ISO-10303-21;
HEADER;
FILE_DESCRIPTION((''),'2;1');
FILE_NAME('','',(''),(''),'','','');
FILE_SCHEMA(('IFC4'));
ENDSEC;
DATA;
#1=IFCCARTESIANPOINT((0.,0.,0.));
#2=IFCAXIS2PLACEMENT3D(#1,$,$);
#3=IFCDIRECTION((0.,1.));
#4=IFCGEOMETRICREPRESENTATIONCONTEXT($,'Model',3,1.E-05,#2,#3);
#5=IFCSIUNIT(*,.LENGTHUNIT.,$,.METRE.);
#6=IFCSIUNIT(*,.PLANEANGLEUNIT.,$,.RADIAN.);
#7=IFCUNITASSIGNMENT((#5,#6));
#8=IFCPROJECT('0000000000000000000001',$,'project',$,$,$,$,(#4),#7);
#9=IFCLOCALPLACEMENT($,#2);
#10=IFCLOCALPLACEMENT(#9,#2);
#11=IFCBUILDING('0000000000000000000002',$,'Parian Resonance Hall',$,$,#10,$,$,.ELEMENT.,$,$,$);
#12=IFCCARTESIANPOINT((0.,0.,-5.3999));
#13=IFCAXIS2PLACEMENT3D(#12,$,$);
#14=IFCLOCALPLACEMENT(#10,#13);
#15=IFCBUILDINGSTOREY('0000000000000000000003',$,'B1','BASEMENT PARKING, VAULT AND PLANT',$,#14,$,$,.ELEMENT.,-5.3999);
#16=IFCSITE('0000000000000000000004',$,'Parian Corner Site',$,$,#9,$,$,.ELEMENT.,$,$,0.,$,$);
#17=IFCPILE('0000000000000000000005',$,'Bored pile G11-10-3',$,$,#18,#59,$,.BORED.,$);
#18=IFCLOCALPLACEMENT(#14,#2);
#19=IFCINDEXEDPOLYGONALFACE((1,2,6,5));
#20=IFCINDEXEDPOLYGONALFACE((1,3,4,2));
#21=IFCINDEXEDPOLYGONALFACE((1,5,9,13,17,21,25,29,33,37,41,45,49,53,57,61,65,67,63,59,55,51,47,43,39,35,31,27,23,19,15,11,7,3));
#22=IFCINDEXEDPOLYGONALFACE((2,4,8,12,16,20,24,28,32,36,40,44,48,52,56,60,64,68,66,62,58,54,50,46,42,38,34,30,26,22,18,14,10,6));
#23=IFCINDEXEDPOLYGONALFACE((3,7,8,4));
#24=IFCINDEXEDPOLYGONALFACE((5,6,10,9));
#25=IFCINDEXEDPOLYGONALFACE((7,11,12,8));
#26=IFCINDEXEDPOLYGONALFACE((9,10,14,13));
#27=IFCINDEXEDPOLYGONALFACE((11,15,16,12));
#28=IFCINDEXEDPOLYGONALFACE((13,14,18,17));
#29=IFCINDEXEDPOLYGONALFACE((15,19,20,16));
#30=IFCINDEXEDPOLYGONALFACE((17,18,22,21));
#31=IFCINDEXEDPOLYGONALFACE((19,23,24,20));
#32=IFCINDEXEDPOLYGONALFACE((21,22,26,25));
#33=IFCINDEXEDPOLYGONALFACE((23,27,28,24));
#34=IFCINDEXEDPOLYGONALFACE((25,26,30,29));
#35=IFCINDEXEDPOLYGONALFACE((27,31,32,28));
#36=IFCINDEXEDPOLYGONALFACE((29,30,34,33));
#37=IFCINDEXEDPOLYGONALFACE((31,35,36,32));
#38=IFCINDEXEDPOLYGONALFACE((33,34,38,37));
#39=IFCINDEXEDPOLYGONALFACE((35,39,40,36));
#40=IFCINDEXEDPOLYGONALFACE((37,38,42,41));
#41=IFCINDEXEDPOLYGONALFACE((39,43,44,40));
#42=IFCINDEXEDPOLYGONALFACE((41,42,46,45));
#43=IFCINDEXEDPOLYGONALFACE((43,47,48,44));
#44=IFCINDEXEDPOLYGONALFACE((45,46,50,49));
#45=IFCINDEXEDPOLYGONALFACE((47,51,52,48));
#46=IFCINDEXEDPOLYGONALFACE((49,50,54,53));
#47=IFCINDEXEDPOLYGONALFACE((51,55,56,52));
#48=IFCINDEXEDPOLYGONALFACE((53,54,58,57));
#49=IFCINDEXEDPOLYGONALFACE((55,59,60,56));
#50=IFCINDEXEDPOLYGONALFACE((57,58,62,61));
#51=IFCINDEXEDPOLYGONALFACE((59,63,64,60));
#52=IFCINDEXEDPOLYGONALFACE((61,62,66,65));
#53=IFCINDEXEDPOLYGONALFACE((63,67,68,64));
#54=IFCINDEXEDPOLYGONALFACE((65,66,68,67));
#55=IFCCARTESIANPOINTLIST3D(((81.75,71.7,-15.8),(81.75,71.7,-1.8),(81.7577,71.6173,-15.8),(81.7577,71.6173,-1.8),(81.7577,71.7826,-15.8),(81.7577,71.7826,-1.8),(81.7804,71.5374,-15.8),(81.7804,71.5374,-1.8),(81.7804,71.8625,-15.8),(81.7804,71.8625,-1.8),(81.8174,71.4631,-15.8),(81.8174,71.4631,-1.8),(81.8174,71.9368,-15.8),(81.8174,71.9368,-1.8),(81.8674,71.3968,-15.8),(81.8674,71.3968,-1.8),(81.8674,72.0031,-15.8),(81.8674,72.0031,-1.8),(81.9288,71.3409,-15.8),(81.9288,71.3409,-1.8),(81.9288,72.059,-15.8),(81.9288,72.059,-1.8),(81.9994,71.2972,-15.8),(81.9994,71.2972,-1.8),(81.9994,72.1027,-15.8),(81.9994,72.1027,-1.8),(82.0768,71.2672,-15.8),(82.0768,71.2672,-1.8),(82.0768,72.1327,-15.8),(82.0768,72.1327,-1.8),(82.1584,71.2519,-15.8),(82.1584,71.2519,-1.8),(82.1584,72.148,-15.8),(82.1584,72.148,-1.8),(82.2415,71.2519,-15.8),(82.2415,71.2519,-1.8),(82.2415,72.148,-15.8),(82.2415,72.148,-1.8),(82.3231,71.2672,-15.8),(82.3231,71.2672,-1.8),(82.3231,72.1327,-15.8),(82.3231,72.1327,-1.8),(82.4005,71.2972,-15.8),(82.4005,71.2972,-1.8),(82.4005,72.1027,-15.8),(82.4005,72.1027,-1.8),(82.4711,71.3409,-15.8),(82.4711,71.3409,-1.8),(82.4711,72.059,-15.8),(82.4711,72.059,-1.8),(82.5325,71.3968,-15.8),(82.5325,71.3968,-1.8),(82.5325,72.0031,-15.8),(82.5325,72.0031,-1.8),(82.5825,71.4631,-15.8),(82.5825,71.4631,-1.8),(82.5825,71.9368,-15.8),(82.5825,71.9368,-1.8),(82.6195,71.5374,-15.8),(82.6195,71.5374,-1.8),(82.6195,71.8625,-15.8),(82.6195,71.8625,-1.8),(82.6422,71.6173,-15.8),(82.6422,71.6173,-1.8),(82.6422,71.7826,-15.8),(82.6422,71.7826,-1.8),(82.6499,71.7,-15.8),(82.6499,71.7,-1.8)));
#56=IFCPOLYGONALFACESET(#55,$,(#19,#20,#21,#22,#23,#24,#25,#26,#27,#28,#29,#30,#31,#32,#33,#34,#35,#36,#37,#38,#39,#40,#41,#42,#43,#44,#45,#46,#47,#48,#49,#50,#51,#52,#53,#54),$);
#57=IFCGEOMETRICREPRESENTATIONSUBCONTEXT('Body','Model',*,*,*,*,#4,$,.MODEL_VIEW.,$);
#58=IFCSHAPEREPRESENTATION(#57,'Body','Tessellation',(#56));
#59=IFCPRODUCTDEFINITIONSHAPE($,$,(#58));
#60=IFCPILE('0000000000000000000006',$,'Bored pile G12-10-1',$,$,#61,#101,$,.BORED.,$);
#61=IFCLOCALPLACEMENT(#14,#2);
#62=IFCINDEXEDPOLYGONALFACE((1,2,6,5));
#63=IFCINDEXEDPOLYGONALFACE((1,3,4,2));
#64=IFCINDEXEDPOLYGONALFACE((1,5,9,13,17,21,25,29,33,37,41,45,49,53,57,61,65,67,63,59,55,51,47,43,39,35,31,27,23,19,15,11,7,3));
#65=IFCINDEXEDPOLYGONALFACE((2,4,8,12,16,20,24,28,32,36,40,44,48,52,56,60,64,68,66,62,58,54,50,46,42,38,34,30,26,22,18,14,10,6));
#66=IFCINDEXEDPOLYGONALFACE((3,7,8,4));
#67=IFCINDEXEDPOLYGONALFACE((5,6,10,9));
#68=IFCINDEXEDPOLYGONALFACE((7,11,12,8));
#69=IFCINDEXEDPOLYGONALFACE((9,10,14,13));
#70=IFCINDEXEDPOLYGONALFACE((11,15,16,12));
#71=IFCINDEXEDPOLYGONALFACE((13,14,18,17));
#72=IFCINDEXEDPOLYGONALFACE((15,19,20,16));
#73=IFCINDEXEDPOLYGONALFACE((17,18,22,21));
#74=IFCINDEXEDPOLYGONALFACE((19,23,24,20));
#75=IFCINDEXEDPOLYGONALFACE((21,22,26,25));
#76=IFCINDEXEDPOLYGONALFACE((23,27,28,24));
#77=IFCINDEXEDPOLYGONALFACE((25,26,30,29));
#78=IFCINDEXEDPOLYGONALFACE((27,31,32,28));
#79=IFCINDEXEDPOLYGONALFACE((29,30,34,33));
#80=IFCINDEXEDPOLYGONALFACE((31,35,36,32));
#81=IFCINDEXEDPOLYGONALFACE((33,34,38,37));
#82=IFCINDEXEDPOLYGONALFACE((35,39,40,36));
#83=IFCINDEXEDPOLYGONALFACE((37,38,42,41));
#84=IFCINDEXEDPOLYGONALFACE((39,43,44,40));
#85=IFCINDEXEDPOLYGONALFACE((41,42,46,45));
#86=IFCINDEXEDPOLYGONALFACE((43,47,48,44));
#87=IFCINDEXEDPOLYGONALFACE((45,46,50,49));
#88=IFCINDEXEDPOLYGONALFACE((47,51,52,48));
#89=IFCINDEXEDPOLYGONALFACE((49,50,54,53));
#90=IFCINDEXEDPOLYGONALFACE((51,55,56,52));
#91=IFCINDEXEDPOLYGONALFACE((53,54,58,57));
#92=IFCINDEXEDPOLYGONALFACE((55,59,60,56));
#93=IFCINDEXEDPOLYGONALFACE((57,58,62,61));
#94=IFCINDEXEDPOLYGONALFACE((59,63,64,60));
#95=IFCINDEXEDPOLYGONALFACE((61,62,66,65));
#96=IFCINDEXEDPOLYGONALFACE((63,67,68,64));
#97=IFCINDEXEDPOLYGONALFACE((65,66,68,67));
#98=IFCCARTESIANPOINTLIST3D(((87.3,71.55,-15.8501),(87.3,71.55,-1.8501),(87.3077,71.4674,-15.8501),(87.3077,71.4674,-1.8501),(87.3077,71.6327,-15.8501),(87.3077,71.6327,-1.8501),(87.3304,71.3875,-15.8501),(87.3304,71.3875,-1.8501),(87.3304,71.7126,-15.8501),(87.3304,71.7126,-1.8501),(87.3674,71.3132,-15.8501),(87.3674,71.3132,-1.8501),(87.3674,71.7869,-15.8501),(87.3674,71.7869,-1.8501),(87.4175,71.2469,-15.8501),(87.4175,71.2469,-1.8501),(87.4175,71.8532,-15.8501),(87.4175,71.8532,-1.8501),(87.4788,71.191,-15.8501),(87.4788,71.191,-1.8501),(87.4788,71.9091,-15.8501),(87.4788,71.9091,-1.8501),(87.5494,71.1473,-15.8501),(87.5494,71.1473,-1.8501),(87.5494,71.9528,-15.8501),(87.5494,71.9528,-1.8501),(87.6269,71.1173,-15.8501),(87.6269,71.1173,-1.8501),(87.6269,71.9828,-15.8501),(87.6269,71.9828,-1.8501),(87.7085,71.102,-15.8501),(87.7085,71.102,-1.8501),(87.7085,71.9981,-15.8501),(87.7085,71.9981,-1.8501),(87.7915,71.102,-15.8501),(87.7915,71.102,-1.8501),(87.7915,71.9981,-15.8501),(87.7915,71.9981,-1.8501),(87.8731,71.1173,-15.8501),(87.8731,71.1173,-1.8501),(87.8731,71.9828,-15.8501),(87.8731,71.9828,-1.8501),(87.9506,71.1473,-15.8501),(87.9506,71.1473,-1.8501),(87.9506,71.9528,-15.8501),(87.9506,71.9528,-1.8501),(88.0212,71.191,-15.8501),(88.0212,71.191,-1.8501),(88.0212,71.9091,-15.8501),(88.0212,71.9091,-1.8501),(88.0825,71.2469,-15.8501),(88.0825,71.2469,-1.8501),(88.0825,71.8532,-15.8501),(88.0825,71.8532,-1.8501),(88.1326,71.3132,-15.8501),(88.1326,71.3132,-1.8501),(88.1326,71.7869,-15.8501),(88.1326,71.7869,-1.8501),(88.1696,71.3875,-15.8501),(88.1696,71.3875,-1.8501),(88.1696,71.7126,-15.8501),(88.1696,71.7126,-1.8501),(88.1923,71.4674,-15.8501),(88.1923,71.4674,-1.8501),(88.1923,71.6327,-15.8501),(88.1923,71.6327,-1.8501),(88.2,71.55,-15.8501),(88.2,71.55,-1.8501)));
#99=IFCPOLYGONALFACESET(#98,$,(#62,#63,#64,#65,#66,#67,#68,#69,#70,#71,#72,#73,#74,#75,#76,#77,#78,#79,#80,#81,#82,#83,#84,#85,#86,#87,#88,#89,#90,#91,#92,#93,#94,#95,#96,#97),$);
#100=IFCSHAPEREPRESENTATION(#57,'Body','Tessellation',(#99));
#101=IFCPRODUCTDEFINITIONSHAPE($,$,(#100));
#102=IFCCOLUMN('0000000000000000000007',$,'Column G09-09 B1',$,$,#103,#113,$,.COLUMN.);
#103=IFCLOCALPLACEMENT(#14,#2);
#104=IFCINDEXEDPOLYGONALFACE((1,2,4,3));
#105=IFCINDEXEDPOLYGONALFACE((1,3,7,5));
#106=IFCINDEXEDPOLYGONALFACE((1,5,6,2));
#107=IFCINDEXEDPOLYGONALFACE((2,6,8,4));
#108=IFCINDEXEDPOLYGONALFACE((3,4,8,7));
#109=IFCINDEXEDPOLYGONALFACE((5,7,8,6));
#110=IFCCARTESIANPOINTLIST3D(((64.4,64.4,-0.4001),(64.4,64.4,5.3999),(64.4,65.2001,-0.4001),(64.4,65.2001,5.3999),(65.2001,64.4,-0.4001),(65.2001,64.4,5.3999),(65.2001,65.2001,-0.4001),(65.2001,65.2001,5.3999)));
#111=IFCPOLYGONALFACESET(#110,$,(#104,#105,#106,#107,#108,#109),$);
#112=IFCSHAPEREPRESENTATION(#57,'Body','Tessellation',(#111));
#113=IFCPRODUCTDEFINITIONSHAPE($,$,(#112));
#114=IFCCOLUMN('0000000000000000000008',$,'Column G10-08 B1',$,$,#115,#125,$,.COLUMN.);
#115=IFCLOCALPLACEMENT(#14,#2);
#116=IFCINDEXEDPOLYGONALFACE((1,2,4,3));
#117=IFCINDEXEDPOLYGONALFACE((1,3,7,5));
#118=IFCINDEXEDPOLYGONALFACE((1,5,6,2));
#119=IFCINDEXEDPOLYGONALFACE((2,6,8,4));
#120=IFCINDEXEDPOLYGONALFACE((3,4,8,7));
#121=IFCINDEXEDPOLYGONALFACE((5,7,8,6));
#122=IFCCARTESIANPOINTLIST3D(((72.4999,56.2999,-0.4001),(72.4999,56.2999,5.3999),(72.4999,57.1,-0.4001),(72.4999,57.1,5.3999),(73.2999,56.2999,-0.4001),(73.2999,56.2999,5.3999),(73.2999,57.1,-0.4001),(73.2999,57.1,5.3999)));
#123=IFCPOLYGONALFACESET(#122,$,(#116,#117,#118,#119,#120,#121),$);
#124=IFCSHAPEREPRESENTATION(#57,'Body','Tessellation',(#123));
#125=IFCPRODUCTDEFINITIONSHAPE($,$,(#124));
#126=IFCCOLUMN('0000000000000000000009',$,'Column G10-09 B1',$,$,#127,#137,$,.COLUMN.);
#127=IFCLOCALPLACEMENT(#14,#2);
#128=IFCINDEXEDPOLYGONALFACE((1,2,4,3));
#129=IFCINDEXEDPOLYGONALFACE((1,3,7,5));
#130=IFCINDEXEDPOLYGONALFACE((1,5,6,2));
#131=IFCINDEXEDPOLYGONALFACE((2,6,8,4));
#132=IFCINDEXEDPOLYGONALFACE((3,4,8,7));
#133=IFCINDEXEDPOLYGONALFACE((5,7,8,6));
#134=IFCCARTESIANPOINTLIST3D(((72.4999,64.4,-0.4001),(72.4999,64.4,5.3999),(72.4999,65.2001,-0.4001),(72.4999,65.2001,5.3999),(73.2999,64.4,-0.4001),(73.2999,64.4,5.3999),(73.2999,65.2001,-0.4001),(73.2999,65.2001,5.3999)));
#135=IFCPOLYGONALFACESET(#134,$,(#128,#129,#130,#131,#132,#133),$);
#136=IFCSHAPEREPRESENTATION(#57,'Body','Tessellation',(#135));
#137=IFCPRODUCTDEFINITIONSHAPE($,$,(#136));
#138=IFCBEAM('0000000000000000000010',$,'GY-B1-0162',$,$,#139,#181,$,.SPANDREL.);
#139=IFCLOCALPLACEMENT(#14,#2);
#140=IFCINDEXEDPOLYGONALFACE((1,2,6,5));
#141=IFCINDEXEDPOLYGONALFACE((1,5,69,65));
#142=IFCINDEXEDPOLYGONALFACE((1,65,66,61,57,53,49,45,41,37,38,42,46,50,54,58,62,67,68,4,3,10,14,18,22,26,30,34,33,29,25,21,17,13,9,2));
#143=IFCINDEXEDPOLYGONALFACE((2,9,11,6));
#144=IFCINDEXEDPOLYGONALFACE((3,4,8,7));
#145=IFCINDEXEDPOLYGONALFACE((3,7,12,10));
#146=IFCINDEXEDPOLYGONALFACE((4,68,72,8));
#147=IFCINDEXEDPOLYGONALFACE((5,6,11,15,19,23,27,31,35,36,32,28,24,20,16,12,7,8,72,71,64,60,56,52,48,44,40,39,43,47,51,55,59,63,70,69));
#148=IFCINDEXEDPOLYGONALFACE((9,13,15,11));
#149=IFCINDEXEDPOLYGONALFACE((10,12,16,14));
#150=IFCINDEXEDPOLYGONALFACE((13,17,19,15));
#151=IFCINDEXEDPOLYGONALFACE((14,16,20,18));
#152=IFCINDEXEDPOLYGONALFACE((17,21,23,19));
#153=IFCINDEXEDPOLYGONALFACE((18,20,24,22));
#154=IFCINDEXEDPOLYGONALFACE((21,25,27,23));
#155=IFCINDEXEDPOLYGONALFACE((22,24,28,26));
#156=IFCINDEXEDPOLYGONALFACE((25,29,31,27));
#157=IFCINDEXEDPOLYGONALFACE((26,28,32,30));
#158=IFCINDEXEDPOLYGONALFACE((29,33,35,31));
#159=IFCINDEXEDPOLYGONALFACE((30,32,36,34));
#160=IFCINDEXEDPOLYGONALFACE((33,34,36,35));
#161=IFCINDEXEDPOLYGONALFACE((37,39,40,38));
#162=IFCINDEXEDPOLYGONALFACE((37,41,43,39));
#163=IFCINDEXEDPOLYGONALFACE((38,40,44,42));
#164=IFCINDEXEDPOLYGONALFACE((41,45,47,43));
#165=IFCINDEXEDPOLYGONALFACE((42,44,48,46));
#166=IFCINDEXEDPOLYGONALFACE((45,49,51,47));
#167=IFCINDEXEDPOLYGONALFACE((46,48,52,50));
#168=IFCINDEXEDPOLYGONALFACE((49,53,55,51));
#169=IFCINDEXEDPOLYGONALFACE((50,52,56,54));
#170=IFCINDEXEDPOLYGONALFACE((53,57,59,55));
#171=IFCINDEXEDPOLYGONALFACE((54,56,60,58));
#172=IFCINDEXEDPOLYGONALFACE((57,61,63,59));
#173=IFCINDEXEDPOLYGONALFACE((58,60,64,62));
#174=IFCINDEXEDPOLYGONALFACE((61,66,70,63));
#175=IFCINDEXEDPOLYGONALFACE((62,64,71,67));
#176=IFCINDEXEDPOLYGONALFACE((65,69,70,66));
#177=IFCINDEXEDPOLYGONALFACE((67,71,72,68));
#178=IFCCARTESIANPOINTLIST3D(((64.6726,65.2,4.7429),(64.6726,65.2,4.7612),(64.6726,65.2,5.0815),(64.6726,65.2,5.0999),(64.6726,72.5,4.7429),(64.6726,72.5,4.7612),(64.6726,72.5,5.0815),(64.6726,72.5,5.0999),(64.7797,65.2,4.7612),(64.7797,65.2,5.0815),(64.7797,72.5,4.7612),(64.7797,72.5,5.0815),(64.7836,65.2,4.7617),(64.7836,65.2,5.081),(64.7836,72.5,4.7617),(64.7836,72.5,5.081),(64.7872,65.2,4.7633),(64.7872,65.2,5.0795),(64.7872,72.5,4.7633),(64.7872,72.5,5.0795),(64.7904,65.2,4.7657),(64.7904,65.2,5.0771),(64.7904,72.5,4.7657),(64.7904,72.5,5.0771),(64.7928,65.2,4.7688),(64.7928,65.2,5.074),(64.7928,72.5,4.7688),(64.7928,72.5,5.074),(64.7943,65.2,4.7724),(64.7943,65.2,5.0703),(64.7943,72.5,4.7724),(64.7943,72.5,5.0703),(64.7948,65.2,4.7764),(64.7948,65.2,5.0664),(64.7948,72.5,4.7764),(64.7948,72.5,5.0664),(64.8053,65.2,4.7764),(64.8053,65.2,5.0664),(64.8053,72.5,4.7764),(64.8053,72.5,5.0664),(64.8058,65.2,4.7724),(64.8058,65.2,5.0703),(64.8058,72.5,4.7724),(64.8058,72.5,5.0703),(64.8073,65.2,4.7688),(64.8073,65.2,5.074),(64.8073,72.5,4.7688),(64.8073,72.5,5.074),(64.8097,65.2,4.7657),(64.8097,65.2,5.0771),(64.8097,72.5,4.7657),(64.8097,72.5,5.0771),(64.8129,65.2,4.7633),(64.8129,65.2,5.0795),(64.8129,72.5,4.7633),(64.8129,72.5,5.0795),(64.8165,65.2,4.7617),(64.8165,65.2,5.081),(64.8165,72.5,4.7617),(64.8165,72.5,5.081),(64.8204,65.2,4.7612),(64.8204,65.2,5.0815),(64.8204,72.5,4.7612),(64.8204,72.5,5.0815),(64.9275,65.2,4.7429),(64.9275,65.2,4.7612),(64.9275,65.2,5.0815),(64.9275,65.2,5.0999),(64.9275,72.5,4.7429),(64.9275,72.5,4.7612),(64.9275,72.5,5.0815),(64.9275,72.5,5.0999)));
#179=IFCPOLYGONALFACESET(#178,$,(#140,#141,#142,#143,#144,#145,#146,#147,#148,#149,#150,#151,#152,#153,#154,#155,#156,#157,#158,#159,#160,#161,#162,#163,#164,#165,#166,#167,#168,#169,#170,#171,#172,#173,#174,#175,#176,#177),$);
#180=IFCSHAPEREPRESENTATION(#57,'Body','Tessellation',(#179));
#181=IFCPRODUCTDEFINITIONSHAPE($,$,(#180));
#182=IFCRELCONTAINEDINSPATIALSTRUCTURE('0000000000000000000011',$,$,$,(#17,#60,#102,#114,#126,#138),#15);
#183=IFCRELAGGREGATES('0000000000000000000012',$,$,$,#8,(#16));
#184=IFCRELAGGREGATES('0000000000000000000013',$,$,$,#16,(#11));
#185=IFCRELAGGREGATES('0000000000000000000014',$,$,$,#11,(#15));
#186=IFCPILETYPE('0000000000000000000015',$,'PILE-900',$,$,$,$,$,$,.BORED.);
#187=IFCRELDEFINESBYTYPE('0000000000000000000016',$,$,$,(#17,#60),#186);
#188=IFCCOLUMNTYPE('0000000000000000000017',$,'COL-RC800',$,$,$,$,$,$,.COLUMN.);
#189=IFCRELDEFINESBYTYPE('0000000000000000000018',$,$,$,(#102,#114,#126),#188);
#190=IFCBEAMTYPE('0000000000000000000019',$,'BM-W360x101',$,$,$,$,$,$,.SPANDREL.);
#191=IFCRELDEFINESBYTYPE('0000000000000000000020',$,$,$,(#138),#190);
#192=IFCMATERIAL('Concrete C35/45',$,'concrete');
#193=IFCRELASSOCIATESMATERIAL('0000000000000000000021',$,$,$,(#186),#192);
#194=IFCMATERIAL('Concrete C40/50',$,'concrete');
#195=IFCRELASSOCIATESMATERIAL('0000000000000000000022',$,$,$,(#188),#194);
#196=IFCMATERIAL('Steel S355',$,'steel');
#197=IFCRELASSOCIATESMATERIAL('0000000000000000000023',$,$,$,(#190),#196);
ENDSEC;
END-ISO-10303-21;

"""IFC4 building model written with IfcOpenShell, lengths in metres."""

from ifc_helpers import new_model, si_unit, direction, frame, origin, origin_2d, place, context, subcontext, project, spatial, rectangle, circle, i_section, extrude, material, material_profile, profile_set, type_object, element, save


model = new_model("IFC4")

# Units and contexts
model_context = context("Model", 3, precision=1e-05, world=origin(), true_north=direction((0.0, 1.0)))
body_context = subcontext(model_context, "Body", "Model", "MODEL_VIEW")
ifc_project = project(units=[si_unit("LENGTHUNIT", "METRE"), si_unit("PLANEANGLEUNIT", "RADIAN")], contexts=[model_context])

# Site, building, storey
site_placement = place(None, origin())
site = spatial("IfcSite", under=ifc_project, at=site_placement, Name="Parian Corner Site", CompositionType="ELEMENT", RefElevation=0.0)
building_placement = place(site_placement, origin())
building = spatial("IfcBuilding", under=site, at=building_placement, Name="Parian Resonance Hall", CompositionType="ELEMENT")
storey_placement = place(building_placement, frame((0.0, 0.0, -5.3999)))
storey = spatial("IfcBuildingStorey", under=building, at=storey_placement, Name="B1", Description="BASEMENT PARKING, VAULT AND PLANT", CompositionType="ELEMENT", Elevation=-5.3999)

# Piles
ifc_material_1 = material(Name="Concrete C35/45", Category="concrete")
ifc_material_profile_1 = material_profile(ifc_material_1, circle(Radius=0.45, at=origin_2d()), Name="PILE-D900")
ifc_profile_set_1 = profile_set([ifc_material_profile_1], Name="Concrete C35/45")
pile_type_1 = type_object("IfcPileType", Name="PILE-900", PredefinedType="BORED", material=ifc_profile_set_1)
for number, where, z_axis, x_axis, name in (
    (1, (82.2, 71.7, -1.8), (0.0, 0.0, -1.0), (1.0, 0.0, 0.0), "Bored pile G11-10-3"),
    (2, (87.75, 71.55, -1.8501), (0.0, 0.0, -1.0), (1.0, 0.0, 0.0), "Bored pile G12-10-1"),
):
    element("IfcPile", number, at=place(storey_placement, frame(where, z_axis=z_axis, x_axis=x_axis)), inside=storey, type_object=pile_type_1, Name=name, PredefinedType="BORED", context=body_context, shape_type="SweptSolid", body=[
        extrude(circle(Radius=0.45, at=origin_2d()), origin(), (0.0, 0.0, 1.0), 14.0),
    ])

# Columns
ifc_material_2 = material(Name="Concrete C40/50", Category="concrete")
ifc_material_profile_2 = material_profile(ifc_material_2, rectangle(XDim=0.8, YDim=0.8, at=origin_2d()), Name="RC-COL-800x800")
ifc_profile_set_2 = profile_set([ifc_material_profile_2], Name="Concrete C40/50")
column_type = type_object("IfcColumnType", Name="COL-RC800", PredefinedType="COLUMN", material=ifc_profile_set_2)
for number, where, z_axis, x_axis, name in (
    (3, (64.8, 64.8, -0.4001), (0.0, 0.0, 1.0), (1.0, 0.0, 0.0), "Column G09-09 B1"),
    (4, (72.8999, 56.7, -0.4001), (0.0, 0.0, 1.0), (1.0, 0.0, 0.0), "Column G10-08 B1"),
    (5, (72.8999, 64.8, -0.4001), (0.0, 0.0, 1.0), (1.0, 0.0, 0.0), "Column G10-09 B1"),
):
    element("IfcColumn", number, at=place(storey_placement, frame(where, z_axis=z_axis, x_axis=x_axis)), inside=storey, type_object=column_type, Name=name, PredefinedType="COLUMN", context=body_context, shape_type="SweptSolid", body=[
        extrude(rectangle(XDim=0.8, YDim=0.8, at=origin_2d()), origin(), (0.0, 0.0, 1.0), 5.8),
    ])

# Beam
ifc_material_3 = material(Name="Steel S355", Category="steel")
ifc_material_profile_3 = material_profile(ifc_material_3, i_section(OverallWidth=0.2549, OverallDepth=0.3569, WebThickness=0.0105, FlangeThickness=0.0183, FilletRadius=0.0151, at=origin_2d()), Name="W360x101")
ifc_profile_set_3 = profile_set([ifc_material_profile_3], Name="Steel S355")
beam_type_1 = type_object("IfcBeamType", Name="BM-W360x101", PredefinedType="SPANDREL", material=ifc_profile_set_3)
beam_1_placement = place(storey_placement, frame((64.8, 65.2, 4.9214), z_axis=(0.0, 1.0, 0.0), x_axis=(-1.0, 0.0, 0.0)))
element("IfcBeam", 6, at=beam_1_placement, inside=storey, type_object=beam_type_1, Name="GY-B1-0162", PredefinedType="SPANDREL", context=body_context, shape_type="SweptSolid", body=[
    extrude(i_section(OverallWidth=0.2549, OverallDepth=0.3569, WebThickness=0.0105, FlangeThickness=0.0183, FilletRadius=0.0151, at=origin_2d()), origin(), (0.0, 0.0, 1.0), 7.3),
])

save(model, "model.ifc")
